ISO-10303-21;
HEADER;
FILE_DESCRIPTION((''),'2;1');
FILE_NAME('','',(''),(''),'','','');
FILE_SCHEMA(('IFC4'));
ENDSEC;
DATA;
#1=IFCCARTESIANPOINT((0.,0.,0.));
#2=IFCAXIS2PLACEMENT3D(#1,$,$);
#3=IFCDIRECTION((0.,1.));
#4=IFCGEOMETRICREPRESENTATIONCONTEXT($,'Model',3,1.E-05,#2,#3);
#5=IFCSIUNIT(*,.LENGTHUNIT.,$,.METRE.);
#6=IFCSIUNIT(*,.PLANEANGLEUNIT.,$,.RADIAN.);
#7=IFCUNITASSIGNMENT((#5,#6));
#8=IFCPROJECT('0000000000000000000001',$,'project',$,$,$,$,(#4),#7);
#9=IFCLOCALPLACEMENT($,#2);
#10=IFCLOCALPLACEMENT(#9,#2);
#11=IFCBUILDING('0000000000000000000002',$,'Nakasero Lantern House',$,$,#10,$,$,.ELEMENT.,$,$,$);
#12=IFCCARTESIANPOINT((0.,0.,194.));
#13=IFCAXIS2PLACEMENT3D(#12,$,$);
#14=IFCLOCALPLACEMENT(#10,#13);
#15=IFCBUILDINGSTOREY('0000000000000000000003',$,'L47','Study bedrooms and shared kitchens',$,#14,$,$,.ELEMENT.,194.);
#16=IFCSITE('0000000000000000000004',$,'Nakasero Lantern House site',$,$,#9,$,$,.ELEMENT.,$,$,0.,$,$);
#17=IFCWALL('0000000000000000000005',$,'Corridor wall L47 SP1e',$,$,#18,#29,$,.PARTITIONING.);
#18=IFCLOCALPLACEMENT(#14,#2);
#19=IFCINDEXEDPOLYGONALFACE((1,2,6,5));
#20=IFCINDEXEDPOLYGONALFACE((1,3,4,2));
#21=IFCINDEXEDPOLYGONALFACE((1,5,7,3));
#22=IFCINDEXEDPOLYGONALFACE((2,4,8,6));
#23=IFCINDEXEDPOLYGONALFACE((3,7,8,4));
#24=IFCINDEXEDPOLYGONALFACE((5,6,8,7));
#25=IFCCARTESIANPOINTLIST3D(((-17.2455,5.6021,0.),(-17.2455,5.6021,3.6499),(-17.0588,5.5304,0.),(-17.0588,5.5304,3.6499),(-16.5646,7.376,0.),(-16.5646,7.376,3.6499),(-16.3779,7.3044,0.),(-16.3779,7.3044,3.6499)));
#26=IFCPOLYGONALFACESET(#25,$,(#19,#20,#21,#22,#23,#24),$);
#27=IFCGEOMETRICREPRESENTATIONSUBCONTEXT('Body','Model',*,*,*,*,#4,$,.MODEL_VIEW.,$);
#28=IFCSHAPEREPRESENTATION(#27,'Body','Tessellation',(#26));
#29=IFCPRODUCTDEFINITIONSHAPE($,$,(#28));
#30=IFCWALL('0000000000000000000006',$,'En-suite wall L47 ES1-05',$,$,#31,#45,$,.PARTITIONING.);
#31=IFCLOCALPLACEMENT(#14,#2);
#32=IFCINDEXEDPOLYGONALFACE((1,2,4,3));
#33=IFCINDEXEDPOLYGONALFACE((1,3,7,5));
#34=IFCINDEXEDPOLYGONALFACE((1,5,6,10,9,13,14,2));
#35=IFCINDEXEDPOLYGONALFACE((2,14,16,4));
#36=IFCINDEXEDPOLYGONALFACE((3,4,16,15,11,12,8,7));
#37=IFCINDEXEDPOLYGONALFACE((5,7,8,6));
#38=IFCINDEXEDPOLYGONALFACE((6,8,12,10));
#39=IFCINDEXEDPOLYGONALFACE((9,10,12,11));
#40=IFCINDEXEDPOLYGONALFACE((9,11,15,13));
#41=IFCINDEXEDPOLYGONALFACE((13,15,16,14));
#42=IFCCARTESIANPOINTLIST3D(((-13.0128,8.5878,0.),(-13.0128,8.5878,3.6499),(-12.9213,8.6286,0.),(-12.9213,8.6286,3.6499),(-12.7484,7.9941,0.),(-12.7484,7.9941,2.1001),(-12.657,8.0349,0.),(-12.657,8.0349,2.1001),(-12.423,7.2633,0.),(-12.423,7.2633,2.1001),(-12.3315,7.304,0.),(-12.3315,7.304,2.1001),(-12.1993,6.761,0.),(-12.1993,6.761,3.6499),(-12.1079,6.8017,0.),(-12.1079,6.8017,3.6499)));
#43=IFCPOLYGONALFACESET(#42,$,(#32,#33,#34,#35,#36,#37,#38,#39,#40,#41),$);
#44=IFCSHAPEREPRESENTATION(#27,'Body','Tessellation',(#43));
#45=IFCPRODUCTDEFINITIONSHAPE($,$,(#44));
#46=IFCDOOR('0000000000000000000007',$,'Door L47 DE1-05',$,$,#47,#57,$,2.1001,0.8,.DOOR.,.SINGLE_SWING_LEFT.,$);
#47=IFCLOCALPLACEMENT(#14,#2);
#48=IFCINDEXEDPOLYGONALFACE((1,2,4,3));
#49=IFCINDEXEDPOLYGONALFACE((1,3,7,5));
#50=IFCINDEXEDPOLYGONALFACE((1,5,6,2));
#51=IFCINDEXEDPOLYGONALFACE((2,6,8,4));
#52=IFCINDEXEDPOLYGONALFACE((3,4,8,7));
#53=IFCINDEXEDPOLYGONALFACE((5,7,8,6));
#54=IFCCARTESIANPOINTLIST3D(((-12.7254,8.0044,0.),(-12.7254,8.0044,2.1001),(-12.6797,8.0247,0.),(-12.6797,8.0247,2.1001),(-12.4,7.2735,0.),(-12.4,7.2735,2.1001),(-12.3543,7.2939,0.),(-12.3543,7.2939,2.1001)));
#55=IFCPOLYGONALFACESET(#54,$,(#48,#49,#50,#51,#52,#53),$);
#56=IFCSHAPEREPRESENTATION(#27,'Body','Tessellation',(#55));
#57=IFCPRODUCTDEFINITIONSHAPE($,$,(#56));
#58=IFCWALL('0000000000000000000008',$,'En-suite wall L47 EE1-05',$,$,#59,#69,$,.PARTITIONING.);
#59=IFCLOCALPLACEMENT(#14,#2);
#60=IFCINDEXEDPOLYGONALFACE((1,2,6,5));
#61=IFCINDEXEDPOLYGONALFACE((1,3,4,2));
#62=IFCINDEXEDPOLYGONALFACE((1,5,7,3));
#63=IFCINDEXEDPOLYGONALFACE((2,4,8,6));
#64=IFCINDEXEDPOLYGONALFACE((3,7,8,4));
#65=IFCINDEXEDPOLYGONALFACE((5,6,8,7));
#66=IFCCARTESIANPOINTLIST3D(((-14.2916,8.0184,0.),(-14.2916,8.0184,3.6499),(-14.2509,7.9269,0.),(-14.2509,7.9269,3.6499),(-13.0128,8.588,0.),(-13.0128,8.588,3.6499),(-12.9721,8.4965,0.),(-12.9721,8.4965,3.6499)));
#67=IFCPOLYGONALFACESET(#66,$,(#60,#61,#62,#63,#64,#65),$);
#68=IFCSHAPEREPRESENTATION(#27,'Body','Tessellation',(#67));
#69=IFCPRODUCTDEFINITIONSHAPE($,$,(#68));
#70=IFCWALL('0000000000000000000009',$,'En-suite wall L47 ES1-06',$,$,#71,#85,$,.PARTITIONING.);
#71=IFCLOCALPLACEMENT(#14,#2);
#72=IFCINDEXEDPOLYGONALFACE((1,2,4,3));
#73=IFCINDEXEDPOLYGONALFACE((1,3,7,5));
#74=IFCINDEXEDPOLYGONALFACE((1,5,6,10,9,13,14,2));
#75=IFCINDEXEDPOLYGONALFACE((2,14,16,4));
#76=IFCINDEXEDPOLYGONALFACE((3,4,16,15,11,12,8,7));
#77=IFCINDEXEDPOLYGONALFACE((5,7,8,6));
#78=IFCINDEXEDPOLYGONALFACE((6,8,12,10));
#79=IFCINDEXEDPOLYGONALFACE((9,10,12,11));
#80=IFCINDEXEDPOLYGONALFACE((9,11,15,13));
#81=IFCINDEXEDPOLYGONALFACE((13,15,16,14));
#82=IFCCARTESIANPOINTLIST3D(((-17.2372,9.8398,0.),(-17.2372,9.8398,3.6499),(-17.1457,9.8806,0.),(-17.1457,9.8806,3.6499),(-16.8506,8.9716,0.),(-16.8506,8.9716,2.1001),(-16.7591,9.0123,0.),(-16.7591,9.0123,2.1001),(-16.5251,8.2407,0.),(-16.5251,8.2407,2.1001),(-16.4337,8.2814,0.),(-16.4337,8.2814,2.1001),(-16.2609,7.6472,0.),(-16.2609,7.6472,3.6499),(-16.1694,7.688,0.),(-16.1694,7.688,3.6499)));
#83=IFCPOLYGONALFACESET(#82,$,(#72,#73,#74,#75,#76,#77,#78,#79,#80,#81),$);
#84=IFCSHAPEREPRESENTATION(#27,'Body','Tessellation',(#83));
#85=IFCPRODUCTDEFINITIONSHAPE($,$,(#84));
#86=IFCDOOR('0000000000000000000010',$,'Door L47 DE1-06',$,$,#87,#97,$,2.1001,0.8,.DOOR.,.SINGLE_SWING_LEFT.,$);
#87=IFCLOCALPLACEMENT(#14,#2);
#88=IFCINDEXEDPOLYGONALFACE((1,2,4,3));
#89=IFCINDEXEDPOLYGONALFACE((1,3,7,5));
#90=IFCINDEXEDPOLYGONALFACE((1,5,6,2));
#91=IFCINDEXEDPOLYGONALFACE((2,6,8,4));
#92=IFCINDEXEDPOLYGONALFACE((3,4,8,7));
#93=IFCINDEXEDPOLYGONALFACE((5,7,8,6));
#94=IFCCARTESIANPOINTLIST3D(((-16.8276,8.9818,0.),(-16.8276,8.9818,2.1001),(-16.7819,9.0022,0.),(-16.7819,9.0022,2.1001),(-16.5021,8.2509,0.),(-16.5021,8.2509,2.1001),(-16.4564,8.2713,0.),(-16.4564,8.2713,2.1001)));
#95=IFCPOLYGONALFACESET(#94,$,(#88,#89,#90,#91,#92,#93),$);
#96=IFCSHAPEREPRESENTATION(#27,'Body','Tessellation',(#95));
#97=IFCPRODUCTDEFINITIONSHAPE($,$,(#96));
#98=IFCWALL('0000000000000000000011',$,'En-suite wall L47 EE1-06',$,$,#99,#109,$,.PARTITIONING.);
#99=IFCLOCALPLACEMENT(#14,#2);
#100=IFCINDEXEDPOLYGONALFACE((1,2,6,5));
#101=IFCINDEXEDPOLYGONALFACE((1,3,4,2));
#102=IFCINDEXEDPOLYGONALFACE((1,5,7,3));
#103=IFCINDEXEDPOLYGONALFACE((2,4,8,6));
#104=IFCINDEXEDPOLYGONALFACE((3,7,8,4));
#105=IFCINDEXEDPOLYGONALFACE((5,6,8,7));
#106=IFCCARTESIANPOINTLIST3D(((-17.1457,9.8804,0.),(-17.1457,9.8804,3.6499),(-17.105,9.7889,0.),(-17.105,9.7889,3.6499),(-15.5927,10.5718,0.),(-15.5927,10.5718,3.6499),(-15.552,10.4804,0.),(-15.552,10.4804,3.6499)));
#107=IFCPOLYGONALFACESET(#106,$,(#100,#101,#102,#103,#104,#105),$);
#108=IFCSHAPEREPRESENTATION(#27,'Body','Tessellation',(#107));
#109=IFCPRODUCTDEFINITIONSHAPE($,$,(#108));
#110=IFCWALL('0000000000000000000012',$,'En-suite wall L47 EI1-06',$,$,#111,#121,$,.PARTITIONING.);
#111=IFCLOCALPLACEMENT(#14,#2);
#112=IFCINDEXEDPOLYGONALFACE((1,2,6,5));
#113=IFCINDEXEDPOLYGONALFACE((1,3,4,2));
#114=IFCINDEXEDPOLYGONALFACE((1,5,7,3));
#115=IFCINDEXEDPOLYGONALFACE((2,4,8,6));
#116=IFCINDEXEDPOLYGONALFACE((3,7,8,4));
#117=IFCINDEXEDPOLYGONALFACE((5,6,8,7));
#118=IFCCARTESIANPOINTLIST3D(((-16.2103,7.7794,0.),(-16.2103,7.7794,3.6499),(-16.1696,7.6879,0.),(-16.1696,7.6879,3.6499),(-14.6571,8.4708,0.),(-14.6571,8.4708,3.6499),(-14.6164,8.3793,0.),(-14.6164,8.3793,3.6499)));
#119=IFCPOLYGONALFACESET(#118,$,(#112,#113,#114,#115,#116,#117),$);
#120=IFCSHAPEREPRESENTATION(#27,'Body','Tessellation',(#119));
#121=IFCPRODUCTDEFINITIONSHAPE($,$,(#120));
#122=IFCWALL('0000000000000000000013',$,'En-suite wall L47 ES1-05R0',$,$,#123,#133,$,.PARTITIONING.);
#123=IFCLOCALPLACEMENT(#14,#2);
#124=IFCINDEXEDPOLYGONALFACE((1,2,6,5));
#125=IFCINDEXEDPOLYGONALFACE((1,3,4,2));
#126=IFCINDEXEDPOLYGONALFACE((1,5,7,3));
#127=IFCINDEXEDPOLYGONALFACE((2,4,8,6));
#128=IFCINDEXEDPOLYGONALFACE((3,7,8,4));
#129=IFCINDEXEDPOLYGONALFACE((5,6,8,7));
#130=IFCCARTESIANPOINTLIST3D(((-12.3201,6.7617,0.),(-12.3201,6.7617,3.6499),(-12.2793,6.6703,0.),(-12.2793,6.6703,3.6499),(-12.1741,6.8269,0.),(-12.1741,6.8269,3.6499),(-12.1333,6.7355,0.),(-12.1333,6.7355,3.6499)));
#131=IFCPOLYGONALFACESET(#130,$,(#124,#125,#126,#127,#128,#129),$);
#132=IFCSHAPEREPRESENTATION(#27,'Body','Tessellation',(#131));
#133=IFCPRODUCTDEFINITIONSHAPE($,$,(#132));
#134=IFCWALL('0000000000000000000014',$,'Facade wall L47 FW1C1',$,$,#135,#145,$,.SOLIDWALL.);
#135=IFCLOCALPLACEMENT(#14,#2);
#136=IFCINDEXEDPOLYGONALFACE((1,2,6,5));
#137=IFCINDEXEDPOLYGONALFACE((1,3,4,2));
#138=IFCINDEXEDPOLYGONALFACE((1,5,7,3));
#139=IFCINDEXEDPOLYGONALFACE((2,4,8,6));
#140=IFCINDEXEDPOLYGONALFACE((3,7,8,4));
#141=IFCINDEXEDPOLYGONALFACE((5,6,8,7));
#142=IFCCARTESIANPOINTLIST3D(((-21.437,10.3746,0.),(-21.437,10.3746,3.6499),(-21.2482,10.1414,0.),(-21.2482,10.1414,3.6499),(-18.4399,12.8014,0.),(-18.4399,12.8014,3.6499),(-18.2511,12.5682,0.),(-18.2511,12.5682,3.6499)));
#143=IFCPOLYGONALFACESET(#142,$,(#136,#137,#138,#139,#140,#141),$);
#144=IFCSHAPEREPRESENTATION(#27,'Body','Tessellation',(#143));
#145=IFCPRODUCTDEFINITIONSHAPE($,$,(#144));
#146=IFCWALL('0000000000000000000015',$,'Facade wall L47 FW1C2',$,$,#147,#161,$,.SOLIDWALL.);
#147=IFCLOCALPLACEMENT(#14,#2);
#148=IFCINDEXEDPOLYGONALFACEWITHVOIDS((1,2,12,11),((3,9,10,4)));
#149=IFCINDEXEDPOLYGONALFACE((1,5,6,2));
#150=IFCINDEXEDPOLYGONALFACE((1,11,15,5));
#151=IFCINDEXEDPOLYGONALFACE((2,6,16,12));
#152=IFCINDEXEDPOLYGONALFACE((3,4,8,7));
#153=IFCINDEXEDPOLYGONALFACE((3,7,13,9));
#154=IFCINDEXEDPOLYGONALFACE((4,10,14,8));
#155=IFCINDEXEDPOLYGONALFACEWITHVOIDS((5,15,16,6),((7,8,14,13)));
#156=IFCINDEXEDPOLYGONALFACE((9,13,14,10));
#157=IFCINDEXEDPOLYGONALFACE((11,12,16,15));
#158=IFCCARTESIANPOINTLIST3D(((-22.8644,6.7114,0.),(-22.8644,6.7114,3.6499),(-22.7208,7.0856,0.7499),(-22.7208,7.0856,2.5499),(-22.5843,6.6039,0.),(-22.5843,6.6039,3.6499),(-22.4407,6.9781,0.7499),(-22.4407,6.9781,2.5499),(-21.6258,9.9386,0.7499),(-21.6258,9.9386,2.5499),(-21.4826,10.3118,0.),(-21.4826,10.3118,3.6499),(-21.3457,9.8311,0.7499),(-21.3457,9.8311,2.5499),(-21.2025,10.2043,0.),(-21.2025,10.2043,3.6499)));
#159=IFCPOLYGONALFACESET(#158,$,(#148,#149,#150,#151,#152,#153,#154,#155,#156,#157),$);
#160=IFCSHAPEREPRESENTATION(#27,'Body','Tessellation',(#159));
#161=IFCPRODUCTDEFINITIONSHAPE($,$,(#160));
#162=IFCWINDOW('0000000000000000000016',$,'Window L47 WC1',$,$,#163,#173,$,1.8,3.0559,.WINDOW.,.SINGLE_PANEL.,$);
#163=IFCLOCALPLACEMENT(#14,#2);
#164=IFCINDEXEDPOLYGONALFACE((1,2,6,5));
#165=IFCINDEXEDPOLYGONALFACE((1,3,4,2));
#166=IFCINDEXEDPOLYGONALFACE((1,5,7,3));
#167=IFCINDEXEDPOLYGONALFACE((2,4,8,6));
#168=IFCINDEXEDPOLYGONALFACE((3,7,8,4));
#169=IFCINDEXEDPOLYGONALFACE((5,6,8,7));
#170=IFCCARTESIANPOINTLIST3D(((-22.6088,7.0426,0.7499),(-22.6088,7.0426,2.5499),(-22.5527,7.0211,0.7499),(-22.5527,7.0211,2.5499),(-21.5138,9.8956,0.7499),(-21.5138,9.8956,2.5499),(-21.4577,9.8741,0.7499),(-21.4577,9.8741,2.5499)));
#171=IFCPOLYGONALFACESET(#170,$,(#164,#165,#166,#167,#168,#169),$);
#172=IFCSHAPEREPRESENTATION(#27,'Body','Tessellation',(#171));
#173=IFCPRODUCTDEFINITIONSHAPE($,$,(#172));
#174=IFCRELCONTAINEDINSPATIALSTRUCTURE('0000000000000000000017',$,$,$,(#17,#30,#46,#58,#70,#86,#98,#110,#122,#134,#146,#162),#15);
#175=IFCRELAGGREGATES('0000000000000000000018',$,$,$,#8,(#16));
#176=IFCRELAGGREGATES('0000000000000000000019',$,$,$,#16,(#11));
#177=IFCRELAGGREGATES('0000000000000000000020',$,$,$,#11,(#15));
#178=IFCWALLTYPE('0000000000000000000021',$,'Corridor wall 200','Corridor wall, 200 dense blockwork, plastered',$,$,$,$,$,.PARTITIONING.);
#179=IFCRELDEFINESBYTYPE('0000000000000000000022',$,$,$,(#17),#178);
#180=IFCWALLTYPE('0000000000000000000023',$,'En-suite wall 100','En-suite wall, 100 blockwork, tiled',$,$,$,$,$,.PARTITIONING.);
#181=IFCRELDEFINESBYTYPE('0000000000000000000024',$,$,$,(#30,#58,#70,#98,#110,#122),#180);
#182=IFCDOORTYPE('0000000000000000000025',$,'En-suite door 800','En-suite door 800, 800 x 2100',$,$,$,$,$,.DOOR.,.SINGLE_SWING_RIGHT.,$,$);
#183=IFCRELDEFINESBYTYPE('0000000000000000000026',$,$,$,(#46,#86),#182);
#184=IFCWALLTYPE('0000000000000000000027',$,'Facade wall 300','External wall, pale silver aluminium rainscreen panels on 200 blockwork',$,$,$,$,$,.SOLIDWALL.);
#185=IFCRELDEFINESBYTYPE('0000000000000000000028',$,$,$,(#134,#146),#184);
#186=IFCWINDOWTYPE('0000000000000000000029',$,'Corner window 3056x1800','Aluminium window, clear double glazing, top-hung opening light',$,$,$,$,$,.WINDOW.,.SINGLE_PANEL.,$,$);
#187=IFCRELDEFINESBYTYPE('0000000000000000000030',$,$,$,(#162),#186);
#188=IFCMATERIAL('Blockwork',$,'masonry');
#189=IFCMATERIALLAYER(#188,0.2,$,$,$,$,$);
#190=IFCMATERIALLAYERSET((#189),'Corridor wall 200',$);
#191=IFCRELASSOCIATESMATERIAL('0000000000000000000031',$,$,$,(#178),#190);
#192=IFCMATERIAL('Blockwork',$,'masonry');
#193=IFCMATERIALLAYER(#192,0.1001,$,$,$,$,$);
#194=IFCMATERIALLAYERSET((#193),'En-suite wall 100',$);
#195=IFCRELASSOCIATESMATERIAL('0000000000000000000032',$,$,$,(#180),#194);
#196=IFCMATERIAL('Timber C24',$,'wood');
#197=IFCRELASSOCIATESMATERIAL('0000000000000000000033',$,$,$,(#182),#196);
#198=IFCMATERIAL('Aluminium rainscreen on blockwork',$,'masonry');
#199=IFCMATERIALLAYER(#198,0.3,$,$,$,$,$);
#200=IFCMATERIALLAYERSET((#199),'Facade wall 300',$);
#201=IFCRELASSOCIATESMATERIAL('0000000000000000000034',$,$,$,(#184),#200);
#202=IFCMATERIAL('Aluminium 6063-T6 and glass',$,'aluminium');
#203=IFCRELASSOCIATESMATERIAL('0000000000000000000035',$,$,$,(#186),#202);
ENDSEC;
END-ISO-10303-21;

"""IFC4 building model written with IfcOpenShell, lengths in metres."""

from ifc_helpers import new_model, si_unit, direction, frame, frame_2d, origin, place, context, subcontext, project, spatial, rectangle, extrude, material, layer, layer_set, type_object, element, fill, save


model = new_model("IFC4")

# Units and contexts
model_context = context("Model", 3, precision=1e-05, world=origin(), true_north=direction((0.0, 1.0)))
body_context = subcontext(model_context, "Body", "Model", "MODEL_VIEW")
ifc_project = project(units=[si_unit("LENGTHUNIT", "METRE"), si_unit("PLANEANGLEUNIT", "RADIAN")], contexts=[model_context])

# Site, building, storey
site_placement = place(None, origin())
site = spatial("IfcSite", under=ifc_project, at=site_placement, Name="Nakasero Lantern House site", CompositionType="ELEMENT", RefElevation=0.0)
building_placement = place(site_placement, origin())
building = spatial("IfcBuilding", under=site, at=building_placement, Name="Nakasero Lantern House", CompositionType="ELEMENT")
storey_placement = place(building_placement, frame((0.0, 0.0, 194.0)))
storey = spatial("IfcBuildingStorey", under=building, at=storey_placement, Name="L47", Description="Study bedrooms and shared kitchens", CompositionType="ELEMENT", Elevation=194.0)

# Shared definitions
ifc_material_1 = material(Name="Blockwork", Category="masonry")
ifc_layer_1 = layer(ifc_material_1, 0.2)
ifc_layer_set_1 = layer_set([ifc_layer_1], Name="Corridor wall 200")
wall_type_1 = type_object("IfcWallType", Name="Corridor wall 200", Description="Corridor wall, 200 dense blockwork, plastered", PredefinedType="PARTITIONING", material=ifc_layer_set_1)

# Wall
wall_1_placement = place(storey_placement, frame((-16.4712, 7.3403, 0.0), z_axis=(0.0, 0.0, 1.0), x_axis=(-0.35835, -0.933587, 0.0)))
element("IfcWall", 1, at=wall_1_placement, inside=storey, type_object=wall_type_1, Name="Corridor wall L47 SP1e", PredefinedType="PARTITIONING", context=body_context, shape_type="SweptSolid", body=[
    extrude(rectangle(XDim=1.9001, YDim=0.2, at=frame_2d((0.9502, 0.0))), origin(), (0.0, 0.0, 1.0), 3.6499),
])

# Wall, opening, door
ifc_material_2 = material(Name="Blockwork", Category="masonry")
ifc_layer_2 = layer(ifc_material_2, 0.1001)
ifc_layer_set_2 = layer_set([ifc_layer_2], Name="En-suite wall 100")
wall_type_2 = type_object("IfcWallType", Name="En-suite wall 100", Description="En-suite wall, 100 blockwork, tiled", PredefinedType="PARTITIONING", material=ifc_layer_set_2)
wall_2_placement = place(storey_placement, frame((-12.1536, 6.7812, 0.0), z_axis=(0.0, 0.0, 1.0), x_axis=(-0.406773, 0.913529, 0.0)))
wall_2 = element("IfcWall", 2, at=wall_2_placement, inside=storey, type_object=wall_type_2, Name="En-suite wall L47 ES1-05", PredefinedType="PARTITIONING", context=body_context, shape_type="SweptSolid", body=[
    extrude(rectangle(XDim=1.9998, YDim=0.1001, at=frame_2d((1.0, 0.0))), origin(), (0.0, 0.0, 1.0), 3.6499),
])
opening_1_placement = place(wall_2_placement, frame((0.55, 0.0, 0.0)))
opening_1 = element("IfcOpeningElement", 3, at=opening_1_placement, cuts=wall_2, PredefinedType="OPENING", context=body_context, shape_type="SweptSolid", body=[
    extrude(rectangle(XDim=0.8, YDim=2.1001, at=frame_2d((0.3999, 1.05))), frame((0.0, 0.0701, 0.0), z_axis=(0.0, -1.0, 0.0), x_axis=(1.0, 0.0, 0.0)), (0.0, 0.0, 1.0), 0.1401),
])
ifc_material_3 = material(Name="Timber C24", Category="wood")
door_type_1 = type_object("IfcDoorType", Name="En-suite door 800", Description="En-suite door 800, 800 x 2100", OperationType="SINGLE_SWING_RIGHT", PredefinedType="DOOR", material=ifc_material_3)
door_1_placement = place(opening_1_placement, origin())
door_1 = element("IfcDoor", 4, at=door_1_placement, inside=storey, type_object=door_type_1, Name="Door L47 DE1-05", OperationType="SINGLE_SWING_LEFT", OverallHeight=2.1001, OverallWidth=0.8, PredefinedType="DOOR", context=body_context, shape_type="SweptSolid", body=[
    extrude(rectangle(XDim=0.8, YDim=2.1001, at=frame_2d((0.3999, 1.05))), frame((0.0, 0.0249, 0.0), z_axis=(0.0, -1.0, 0.0), x_axis=(1.0, 0.0, 0.0)), (0.0, 0.0, 1.0), 0.05),
])
fill(opening_1, door_1)

# Wall
wall_3_placement = place(storey_placement, frame((-12.9924, 8.5422, 0.0), z_axis=(0.0, 0.0, 1.0), x_axis=(-0.913488, -0.406866, 0.0)))
element("IfcWall", 5, at=wall_3_placement, inside=storey, type_object=wall_type_2, Name="En-suite wall L47 EE1-05", PredefinedType="PARTITIONING", context=body_context, shape_type="SweptSolid", body=[
    extrude(rectangle(XDim=1.3999, YDim=0.1001, at=frame_2d((0.7, 0.0))), origin(), (0.0, 0.0, 1.0), 3.6499),
])

# Wall, opening, door
wall_4_placement = place(storey_placement, frame((-16.2151, 7.6675, 0.0), z_axis=(0.0, 0.0, 1.0), x_axis=(-0.406771, 0.91353, 0.0)))
wall_4 = element("IfcWall", 6, at=wall_4_placement, inside=storey, type_object=wall_type_2, Name="En-suite wall L47 ES1-06", PredefinedType="PARTITIONING", context=body_context, shape_type="SweptSolid", body=[
    extrude(rectangle(XDim=2.4001, YDim=0.1001, at=frame_2d((1.2002, 0.0))), origin(), (0.0, 0.0, 1.0), 3.6499),
])
opening_2_placement = place(wall_4_placement, frame((0.6499, 0.0, 0.0)))
opening_2 = element("IfcOpeningElement", 7, at=opening_2_placement, cuts=wall_4, PredefinedType="OPENING", context=body_context, shape_type="SweptSolid", body=[
    extrude(rectangle(XDim=0.8, YDim=2.1001, at=frame_2d((0.3999, 1.05))), frame((0.0, 0.0701, 0.0), z_axis=(0.0, -1.0, 0.0), x_axis=(1.0, 0.0, 0.0)), (0.0, 0.0, 1.0), 0.1401),
])
door_2_placement = place(opening_2_placement, origin())
door_2 = element("IfcDoor", 8, at=door_2_placement, inside=storey, type_object=door_type_1, Name="Door L47 DE1-06", OperationType="SINGLE_SWING_LEFT", OverallHeight=2.1001, OverallWidth=0.8, PredefinedType="DOOR", context=body_context, shape_type="SweptSolid", body=[
    extrude(rectangle(XDim=0.8, YDim=2.1001, at=frame_2d((0.3999, 1.05))), frame((0.0, 0.0249, 0.0), z_axis=(0.0, -1.0, 0.0), x_axis=(1.0, 0.0, 0.0)), (0.0, 0.0, 1.0), 0.05),
])
fill(opening_2, door_2)

# Walls
wall_5_placement = place(storey_placement, frame((-15.5723, 10.5261, 0.0), z_axis=(0.0, 0.0, 1.0), x_axis=(-0.913551, -0.406725, 0.0)))
element("IfcWall", 9, at=wall_5_placement, inside=storey, type_object=wall_type_2, Name="En-suite wall L47 EE1-06", PredefinedType="PARTITIONING", context=body_context, shape_type="SweptSolid", body=[
    extrude(rectangle(XDim=1.7, YDim=0.1001, at=frame_2d((0.8501, 0.0))), origin(), (0.0, 0.0, 1.0), 3.6499),
])
wall_6_placement = place(storey_placement, frame((-14.6367, 8.425, 0.0), z_axis=(0.0, 0.0, 1.0), x_axis=(-0.913575, -0.406671, 0.0)))
element("IfcWall", 10, at=wall_6_placement, inside=storey, type_object=wall_type_2, Name="En-suite wall L47 EI1-06", PredefinedType="PARTITIONING", context=body_context, shape_type="SweptSolid", body=[
    extrude(rectangle(XDim=1.7002, YDim=0.1001, at=frame_2d((0.8501, 0.0))), origin(), (0.0, 0.0, 1.0), 3.6499),
])
wall_7_placement = place(storey_placement, frame((-12.1536, 6.7812, 0.0), z_axis=(0.0, 0.0, 1.0), x_axis=(-0.913118, -0.407696, 0.0)))
element("IfcWall", 11, at=wall_7_placement, inside=storey, type_object=wall_type_2, Name="En-suite wall L47 ES1-05R0", PredefinedType="PARTITIONING", context=body_context, shape_type="SweptSolid", body=[
    extrude(rectangle(XDim=0.1599, YDim=0.1001, at=frame_2d((0.0801, 0.0))), origin(), (0.0, 0.0, 1.0), 3.6499),
])
ifc_material_4 = material(Name="Aluminium rainscreen on blockwork", Category="masonry")
ifc_layer_3 = layer(ifc_material_4, 0.3)
ifc_layer_set_3 = layer_set([ifc_layer_3], Name="Facade wall 300")
wall_type_3 = type_object("IfcWallType", Name="Facade wall 300", Description="External wall, pale silver aluminium rainscreen panels on 200 blockwork", PredefinedType="SOLIDWALL", material=ifc_layer_set_3)
wall_8_placement = place(storey_placement, frame((-18.3455, 12.6848, 0.0), z_axis=(0.0, 0.0, 1.0), x_axis=(-0.777174, -0.629286, 0.0)))
element("IfcWall", 12, at=wall_8_placement, inside=storey, type_object=wall_type_3, Name="Facade wall L47 FW1C1", PredefinedType="SOLIDWALL", context=body_context, shape_type="SweptSolid", body=[
    extrude(rectangle(XDim=3.8564, YDim=0.3, at=frame_2d((1.9282, 0.0))), origin(), (0.0, 0.0, 1.0), 3.6499),
])

# Wall, opening, window
wall_9_placement = place(storey_placement, frame((-21.3425, 10.2581, 0.0), z_axis=(0.0, 0.0, 1.0), x_axis=(-0.358321, -0.933598, 0.0)))
wall_9 = element("IfcWall", 13, at=wall_9_placement, inside=storey, type_object=wall_type_3, Name="Facade wall L47 FW1C2", PredefinedType="SOLIDWALL", context=body_context, shape_type="SweptSolid", body=[
    extrude(rectangle(XDim=3.8564, YDim=0.3, at=frame_2d((1.9282, 0.0))), origin(), (0.0, 0.0, 1.0), 3.6499),
])
opening_3_placement = place(wall_9_placement, frame((0.3999, 0.0, 0.75)))
opening_3 = element("IfcOpeningElement", 14, at=opening_3_placement, cuts=wall_9, PredefinedType="OPENING", context=body_context, shape_type="SweptSolid", body=[
    extrude(rectangle(XDim=3.0559, YDim=1.8, at=frame_2d((1.5278, 0.8999))), frame((0.0, 0.1699, 0.0), z_axis=(0.0, -1.0, 0.0), x_axis=(1.0, 0.0, 0.0)), (0.0, 0.0, 1.0), 0.3401),
])
ifc_material_5 = material(Name="Aluminium 6063-T6 and glass", Category="aluminium")
window_type = type_object("IfcWindowType", Name="Corner window 3056x1800", Description="Aluminium window, clear double glazing, top-hung opening light", PartitioningType="SINGLE_PANEL", PredefinedType="WINDOW", material=ifc_material_5)
window_placement = place(opening_3_placement, origin())
window = element("IfcWindow", 15, at=window_placement, inside=storey, type_object=window_type, Name="Window L47 WC1", OverallHeight=1.8, OverallWidth=3.0559, PartitioningType="SINGLE_PANEL", PredefinedType="WINDOW", context=body_context, shape_type="SweptSolid", body=[
    extrude(rectangle(XDim=3.0559, YDim=1.8, at=frame_2d((1.5278, 0.8999))), frame((0.0, 0.03, 0.0), z_axis=(0.0, -1.0, 0.0), x_axis=(1.0, 0.0, 0.0)), (0.0, 0.0, 1.0), 0.0601),
])
fill(opening_3, window)

save(model, "model.ifc")
